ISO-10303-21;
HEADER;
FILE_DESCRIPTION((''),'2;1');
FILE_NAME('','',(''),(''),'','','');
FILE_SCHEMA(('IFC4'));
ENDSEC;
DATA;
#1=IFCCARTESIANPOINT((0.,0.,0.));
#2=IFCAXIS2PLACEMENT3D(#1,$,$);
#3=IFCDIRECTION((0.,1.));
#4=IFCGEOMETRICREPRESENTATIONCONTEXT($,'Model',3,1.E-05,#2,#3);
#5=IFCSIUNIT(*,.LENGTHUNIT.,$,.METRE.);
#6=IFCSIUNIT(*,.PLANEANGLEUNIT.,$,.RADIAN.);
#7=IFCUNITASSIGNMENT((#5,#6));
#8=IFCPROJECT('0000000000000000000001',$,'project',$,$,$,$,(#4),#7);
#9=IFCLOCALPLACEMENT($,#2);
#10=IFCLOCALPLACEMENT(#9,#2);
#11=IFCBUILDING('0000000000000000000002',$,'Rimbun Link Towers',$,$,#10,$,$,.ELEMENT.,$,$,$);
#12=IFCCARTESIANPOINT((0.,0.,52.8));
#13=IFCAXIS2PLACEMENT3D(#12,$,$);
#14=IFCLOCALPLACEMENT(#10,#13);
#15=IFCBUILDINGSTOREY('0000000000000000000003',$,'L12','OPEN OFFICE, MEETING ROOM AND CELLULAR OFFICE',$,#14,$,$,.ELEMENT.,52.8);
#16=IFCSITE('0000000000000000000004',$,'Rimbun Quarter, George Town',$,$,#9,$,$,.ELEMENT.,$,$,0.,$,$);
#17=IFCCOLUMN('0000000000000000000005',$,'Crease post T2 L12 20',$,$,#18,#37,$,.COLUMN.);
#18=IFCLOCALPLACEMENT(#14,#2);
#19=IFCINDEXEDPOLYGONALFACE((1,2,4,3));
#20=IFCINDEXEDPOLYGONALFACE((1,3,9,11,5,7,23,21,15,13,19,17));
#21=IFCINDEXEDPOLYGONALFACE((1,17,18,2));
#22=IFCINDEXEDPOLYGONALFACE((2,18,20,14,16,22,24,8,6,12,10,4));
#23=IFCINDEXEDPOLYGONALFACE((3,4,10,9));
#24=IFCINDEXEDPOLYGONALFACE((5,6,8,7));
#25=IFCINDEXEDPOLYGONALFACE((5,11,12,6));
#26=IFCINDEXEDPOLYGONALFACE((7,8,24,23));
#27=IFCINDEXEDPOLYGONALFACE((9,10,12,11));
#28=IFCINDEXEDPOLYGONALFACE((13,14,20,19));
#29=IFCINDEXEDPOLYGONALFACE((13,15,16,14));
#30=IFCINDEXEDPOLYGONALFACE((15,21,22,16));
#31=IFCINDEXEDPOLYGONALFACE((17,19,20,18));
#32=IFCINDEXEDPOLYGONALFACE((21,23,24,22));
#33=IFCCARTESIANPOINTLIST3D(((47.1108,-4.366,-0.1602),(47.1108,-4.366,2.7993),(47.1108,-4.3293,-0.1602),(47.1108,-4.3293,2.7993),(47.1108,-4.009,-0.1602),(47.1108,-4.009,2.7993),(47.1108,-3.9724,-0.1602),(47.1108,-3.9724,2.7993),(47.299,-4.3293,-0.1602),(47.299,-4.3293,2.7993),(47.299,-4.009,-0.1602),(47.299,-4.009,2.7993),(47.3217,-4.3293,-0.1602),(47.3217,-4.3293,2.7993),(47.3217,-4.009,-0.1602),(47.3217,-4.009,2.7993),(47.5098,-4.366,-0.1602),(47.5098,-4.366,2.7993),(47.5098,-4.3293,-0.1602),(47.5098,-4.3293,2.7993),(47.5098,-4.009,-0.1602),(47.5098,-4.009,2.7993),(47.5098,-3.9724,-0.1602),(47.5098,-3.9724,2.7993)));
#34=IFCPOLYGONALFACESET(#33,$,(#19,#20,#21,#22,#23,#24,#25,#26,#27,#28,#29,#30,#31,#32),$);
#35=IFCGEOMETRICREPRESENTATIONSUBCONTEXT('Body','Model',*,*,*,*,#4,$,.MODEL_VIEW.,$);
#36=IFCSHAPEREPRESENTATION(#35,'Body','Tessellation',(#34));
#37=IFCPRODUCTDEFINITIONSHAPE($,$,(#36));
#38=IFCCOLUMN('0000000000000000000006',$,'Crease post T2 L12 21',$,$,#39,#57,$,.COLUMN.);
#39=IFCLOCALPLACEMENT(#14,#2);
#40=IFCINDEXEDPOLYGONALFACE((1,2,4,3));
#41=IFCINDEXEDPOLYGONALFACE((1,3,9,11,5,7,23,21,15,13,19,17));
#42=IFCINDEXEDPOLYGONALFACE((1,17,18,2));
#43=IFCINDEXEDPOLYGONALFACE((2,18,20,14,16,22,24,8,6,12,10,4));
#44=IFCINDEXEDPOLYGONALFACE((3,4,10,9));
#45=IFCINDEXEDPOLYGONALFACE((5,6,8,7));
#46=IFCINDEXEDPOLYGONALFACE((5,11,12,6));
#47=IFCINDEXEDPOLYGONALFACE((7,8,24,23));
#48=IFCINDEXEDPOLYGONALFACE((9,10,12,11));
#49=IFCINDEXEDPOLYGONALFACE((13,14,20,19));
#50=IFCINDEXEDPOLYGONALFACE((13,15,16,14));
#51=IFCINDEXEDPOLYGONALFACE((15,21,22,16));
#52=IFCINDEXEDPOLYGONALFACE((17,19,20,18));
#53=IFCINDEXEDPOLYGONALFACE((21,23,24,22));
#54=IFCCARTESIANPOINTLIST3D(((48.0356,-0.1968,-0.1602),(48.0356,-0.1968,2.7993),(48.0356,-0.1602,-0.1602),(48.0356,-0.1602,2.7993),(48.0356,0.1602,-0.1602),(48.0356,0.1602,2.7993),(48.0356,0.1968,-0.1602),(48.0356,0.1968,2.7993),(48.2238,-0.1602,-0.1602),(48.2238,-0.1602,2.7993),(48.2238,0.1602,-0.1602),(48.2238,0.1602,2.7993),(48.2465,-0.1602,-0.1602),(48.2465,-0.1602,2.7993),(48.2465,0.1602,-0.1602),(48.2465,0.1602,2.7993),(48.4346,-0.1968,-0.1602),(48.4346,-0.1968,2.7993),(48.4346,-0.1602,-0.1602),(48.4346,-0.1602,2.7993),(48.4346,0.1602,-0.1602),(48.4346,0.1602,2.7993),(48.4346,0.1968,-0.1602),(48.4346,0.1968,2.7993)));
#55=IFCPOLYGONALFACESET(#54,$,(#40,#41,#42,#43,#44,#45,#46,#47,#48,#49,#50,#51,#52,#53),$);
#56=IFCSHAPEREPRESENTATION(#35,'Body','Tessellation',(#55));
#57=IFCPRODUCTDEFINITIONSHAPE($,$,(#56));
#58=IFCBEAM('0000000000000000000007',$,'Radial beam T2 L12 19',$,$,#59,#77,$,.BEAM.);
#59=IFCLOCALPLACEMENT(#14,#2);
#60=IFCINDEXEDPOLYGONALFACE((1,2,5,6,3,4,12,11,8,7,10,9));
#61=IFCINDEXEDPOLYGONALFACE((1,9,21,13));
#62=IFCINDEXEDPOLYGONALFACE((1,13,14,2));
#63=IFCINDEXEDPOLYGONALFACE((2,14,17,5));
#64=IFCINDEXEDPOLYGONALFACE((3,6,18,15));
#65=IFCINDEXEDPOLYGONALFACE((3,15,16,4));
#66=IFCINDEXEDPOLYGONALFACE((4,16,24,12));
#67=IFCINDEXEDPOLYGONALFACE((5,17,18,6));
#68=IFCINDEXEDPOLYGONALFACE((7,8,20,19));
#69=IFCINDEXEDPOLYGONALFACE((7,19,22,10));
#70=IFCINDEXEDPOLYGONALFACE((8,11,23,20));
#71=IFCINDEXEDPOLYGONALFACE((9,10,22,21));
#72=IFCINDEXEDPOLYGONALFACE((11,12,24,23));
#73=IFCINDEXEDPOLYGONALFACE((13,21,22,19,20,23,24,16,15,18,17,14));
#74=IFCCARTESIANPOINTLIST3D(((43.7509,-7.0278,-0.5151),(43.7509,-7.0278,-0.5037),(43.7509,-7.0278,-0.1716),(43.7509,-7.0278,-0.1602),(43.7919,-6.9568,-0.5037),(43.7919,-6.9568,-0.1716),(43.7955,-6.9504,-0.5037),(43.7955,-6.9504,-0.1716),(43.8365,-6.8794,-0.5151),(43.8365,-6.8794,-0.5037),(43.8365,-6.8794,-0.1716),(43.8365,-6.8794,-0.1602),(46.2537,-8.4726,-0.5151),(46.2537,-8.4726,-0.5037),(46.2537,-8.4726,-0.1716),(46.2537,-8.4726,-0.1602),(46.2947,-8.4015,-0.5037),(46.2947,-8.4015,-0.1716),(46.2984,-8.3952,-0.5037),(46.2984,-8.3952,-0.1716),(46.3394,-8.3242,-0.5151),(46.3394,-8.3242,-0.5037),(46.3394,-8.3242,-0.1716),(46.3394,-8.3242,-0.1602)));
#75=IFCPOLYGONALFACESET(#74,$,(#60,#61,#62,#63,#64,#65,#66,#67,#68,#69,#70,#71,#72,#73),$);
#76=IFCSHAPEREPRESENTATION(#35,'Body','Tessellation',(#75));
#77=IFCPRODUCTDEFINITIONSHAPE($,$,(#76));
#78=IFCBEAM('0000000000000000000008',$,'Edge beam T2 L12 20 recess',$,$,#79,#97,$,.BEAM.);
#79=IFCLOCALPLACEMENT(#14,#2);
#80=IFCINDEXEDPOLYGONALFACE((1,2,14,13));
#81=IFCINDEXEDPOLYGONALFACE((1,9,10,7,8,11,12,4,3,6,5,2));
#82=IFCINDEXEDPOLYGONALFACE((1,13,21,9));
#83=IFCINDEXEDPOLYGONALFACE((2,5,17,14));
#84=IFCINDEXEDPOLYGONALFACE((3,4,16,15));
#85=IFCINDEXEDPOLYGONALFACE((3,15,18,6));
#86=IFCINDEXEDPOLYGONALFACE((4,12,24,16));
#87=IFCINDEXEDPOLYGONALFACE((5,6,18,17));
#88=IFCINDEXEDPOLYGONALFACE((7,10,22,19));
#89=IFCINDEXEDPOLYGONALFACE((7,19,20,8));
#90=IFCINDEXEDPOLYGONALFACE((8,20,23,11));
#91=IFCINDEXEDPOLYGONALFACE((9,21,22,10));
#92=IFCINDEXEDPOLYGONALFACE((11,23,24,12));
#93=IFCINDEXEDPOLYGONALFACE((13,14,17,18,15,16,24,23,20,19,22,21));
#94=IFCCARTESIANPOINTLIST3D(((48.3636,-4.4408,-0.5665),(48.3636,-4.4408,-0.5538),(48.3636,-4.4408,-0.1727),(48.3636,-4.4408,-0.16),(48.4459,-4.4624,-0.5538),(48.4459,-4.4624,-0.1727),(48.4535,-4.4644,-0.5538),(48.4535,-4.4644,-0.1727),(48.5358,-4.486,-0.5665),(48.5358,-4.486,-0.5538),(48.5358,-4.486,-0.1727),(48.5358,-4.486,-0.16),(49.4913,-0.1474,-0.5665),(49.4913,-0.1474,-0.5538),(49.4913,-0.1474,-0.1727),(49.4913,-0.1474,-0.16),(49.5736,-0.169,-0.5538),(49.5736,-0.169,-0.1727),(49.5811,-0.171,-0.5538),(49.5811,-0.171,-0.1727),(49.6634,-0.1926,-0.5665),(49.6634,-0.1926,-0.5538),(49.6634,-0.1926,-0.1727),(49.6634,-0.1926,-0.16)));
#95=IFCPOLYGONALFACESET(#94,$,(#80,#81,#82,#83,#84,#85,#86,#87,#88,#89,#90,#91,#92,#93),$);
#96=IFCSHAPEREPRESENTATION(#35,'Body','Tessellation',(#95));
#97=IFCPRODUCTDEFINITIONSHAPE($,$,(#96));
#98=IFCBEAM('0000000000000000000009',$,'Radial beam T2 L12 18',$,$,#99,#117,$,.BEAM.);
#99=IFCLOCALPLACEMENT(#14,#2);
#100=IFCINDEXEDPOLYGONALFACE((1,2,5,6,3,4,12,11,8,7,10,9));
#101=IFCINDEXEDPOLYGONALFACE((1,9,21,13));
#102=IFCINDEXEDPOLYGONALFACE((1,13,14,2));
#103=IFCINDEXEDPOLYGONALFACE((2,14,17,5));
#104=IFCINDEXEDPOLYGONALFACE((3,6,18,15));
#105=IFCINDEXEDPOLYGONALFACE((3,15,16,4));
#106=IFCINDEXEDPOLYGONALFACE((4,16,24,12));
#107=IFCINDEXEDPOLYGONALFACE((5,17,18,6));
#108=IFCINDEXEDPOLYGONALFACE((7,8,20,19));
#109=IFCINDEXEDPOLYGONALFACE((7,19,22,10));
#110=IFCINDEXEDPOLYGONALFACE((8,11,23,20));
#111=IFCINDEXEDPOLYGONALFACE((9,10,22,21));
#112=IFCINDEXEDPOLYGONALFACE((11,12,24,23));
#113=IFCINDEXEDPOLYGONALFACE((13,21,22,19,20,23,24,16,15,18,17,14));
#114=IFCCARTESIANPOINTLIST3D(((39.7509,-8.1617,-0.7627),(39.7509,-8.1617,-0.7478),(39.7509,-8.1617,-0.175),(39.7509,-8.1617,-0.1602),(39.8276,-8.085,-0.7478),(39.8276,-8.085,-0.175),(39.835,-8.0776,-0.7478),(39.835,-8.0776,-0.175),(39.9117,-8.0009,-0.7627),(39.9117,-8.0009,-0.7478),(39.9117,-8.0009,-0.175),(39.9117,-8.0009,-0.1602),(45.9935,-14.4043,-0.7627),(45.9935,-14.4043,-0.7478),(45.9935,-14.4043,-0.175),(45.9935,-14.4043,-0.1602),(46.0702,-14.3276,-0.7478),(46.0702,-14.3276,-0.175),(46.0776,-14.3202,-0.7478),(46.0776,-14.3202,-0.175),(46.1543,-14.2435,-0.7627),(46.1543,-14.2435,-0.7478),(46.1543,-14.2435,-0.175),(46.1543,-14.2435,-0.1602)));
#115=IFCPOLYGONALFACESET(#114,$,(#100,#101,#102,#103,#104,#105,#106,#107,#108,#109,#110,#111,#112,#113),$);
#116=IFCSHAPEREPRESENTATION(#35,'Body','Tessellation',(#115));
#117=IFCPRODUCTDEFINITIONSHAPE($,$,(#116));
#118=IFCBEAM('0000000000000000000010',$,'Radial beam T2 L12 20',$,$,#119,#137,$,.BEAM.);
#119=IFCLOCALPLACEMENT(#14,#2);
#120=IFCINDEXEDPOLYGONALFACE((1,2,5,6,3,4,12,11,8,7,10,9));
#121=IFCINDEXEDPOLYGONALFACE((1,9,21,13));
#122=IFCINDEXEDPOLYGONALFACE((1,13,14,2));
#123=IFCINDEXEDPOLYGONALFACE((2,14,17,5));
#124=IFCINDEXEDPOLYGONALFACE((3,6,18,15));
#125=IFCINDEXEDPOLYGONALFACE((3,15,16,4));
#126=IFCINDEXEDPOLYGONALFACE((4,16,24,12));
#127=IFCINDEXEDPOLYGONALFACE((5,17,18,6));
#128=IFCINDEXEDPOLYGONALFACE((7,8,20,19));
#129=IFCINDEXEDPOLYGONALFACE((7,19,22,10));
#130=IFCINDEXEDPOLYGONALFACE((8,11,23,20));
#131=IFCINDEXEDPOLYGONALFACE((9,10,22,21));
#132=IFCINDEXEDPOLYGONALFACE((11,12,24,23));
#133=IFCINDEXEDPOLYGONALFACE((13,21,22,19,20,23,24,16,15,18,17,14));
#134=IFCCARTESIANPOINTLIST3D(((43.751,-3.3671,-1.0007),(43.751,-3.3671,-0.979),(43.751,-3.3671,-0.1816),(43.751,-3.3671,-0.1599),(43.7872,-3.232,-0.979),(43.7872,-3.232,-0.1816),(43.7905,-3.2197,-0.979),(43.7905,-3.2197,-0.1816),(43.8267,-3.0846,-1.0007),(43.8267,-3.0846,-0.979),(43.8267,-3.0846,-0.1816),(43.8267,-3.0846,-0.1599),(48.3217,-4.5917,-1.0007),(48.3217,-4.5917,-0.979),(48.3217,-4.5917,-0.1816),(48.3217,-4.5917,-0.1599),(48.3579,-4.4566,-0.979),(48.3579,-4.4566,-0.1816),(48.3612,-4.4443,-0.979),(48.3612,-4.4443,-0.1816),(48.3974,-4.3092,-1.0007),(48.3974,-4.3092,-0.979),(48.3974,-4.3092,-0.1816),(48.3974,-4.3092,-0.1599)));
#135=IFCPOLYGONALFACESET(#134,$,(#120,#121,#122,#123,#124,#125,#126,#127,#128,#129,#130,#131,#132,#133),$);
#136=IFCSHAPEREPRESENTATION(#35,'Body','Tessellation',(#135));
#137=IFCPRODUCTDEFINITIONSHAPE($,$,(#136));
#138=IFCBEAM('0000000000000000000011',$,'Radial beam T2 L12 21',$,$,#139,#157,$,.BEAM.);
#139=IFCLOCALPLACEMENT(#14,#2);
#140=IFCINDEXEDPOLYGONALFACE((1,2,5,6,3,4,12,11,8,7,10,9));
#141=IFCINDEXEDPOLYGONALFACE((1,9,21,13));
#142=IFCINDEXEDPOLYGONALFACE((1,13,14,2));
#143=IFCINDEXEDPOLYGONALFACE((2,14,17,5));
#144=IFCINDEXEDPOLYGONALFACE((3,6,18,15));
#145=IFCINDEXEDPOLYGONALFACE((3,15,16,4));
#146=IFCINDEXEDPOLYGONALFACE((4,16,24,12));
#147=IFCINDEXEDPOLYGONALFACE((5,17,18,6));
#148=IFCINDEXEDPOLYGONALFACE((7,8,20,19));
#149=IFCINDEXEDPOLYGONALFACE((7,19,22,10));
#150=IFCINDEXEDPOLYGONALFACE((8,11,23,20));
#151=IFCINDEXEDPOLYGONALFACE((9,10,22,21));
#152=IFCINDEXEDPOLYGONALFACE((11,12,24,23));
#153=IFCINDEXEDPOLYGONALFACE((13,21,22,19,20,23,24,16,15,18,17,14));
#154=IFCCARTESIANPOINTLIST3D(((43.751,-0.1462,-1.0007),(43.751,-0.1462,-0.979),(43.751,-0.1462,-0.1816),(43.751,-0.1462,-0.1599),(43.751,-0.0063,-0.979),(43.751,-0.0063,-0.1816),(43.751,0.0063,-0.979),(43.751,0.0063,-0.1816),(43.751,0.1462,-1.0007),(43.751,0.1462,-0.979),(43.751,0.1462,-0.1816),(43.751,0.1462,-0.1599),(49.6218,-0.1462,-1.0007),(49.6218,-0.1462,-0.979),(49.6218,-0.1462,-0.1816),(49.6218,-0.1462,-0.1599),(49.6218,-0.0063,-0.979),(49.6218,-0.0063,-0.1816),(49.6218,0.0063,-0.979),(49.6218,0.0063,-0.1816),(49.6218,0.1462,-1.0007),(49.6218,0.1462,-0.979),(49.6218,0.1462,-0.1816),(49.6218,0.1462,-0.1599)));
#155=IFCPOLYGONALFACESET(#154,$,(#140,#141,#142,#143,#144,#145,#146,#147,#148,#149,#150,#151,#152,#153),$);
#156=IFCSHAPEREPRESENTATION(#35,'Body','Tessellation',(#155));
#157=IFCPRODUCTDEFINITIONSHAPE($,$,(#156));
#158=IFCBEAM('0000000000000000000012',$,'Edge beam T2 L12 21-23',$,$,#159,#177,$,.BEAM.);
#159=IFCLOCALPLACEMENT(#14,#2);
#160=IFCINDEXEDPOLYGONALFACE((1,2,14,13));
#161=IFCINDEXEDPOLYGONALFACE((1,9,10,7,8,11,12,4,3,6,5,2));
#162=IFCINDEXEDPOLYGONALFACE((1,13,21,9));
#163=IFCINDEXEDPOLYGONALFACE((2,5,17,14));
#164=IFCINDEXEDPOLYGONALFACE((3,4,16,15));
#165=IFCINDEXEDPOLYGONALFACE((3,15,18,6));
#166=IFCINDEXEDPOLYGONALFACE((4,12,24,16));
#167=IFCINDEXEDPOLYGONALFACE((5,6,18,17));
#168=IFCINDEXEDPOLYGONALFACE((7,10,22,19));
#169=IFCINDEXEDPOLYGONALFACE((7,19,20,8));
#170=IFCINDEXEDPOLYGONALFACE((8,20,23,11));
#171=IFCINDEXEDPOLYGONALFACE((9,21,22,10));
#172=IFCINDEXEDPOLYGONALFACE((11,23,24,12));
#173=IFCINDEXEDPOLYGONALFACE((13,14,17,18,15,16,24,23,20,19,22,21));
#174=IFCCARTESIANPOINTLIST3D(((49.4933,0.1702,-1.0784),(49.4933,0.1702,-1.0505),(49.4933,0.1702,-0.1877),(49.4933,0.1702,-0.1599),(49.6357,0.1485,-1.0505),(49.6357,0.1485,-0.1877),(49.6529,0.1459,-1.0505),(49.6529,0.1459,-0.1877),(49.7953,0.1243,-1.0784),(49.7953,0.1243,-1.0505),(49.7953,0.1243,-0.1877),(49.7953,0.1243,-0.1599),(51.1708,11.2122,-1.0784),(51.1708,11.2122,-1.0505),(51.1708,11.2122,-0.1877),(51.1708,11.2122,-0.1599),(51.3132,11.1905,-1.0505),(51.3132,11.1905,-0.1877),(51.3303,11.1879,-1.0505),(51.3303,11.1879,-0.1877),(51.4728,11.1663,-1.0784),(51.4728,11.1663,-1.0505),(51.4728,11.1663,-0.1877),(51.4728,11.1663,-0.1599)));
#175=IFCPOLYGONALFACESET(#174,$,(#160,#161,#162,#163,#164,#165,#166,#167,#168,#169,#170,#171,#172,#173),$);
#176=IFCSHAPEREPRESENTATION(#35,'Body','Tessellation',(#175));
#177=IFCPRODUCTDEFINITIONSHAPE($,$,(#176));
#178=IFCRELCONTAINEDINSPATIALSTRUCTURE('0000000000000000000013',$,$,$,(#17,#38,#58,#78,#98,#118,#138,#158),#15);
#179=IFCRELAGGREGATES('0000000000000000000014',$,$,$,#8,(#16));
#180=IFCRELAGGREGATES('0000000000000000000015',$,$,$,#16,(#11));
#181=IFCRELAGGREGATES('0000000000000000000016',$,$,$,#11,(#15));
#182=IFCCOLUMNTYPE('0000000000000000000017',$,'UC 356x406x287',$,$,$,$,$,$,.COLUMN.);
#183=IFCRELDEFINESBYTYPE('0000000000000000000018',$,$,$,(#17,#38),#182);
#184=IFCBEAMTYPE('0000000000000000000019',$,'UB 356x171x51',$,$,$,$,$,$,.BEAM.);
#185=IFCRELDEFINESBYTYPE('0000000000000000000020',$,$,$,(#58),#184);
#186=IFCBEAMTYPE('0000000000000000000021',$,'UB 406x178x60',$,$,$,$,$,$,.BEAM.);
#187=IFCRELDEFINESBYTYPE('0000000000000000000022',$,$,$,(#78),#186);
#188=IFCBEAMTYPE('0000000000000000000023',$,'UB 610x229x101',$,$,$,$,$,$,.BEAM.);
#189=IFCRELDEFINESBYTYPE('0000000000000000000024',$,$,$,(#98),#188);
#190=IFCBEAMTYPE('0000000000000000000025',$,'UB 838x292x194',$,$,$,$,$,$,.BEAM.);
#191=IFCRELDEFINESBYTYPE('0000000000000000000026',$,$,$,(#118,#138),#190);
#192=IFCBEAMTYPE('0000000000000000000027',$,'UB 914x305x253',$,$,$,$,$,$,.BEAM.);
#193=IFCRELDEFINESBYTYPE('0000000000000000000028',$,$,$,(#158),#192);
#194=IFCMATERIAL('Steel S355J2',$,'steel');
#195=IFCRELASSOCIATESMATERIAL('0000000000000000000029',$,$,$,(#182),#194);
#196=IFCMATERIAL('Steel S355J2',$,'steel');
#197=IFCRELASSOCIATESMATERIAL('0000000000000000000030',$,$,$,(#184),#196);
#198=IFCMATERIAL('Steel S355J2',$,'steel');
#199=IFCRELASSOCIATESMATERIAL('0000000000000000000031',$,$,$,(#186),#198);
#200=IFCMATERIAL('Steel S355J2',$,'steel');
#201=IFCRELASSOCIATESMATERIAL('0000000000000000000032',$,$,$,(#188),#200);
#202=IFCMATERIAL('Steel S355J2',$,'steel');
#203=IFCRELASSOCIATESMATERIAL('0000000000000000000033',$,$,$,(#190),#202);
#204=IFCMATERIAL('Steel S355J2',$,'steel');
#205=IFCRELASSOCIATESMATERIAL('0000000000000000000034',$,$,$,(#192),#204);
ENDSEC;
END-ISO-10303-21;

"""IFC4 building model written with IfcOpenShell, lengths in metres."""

from ifc_helpers import new_model, si_unit, direction, frame, origin, origin_2d, place, context, subcontext, project, spatial, i_section, extrude, material, material_profile, profile_set, type_object, element, save


model = new_model("IFC4")

# Units and contexts
model_context = context("Model", 3, precision=1e-05, world=origin(), true_north=direction((0.0, 1.0)))
body_context = subcontext(model_context, "Body", "Model", "MODEL_VIEW")
ifc_project = project(units=[si_unit("LENGTHUNIT", "METRE"), si_unit("PLANEANGLEUNIT", "RADIAN")], contexts=[model_context])

# Site, building, storey
site_placement = place(None, origin())
site = spatial("IfcSite", under=ifc_project, at=site_placement, Name="Rimbun Quarter, George Town", CompositionType="ELEMENT", RefElevation=0.0)
building_placement = place(site_placement, origin())
building = spatial("IfcBuilding", under=site, at=building_placement, Name="Rimbun Link Towers", CompositionType="ELEMENT")
storey_placement = place(building_placement, frame((0.0, 0.0, 52.8)))
storey = spatial("IfcBuildingStorey", under=building, at=storey_placement, Name="L12", Description="OPEN OFFICE, MEETING ROOM AND CELLULAR OFFICE", CompositionType="ELEMENT", Elevation=52.8)

# Columns
ifc_material_1 = material(Name="Steel S355J2", Category="steel")
ifc_material_profile_1 = material_profile(ifc_material_1, i_section(OverallWidth=0.3989, OverallDepth=0.3936, WebThickness=0.0227, FlangeThickness=0.0366, at=origin_2d()), Name="UC 356x406x287")
ifc_profile_set_1 = profile_set([ifc_material_profile_1], Name="Steel S355J2")
column_type = type_object("IfcColumnType", Name="UC 356x406x287", PredefinedType="COLUMN", material=ifc_profile_set_1)
for number, where, z_axis, x_axis, name in (
    (1, (47.3103, -4.1692, -0.1602), (0.0, 0.0, 1.0), (1.0, 0.0, 0.0), "Crease post T2 L12 20"),
    (2, (48.2351, 0.0, -0.1602), (0.0, 0.0, 1.0), (1.0, 0.0, 0.0), "Crease post T2 L12 21"),
):
    element("IfcColumn", number, at=place(storey_placement, frame(where, z_axis=z_axis, x_axis=x_axis)), inside=storey, type_object=column_type, Name=name, PredefinedType="COLUMN", context=body_context, shape_type="SweptSolid", body=[
        extrude(i_section(OverallWidth=0.3989, OverallDepth=0.3936, WebThickness=0.0227, FlangeThickness=0.0366, at=origin_2d()), origin(), (0.0, 0.0, 1.0), 2.9595),
    ])

# Beams
ifc_material_2 = material(Name="Steel S355J2", Category="steel")
ifc_material_profile_2 = material_profile(ifc_material_2, i_section(OverallWidth=0.1714, OverallDepth=0.355, WebThickness=0.0073, FlangeThickness=0.0115, at=origin_2d()), Name="UB 356x171x51")
ifc_profile_set_2 = profile_set([ifc_material_profile_2], Name="Steel S355J2")
beam_type_1 = type_object("IfcBeamType", Name="UB 356x171x51", PredefinedType="BEAM", material=ifc_profile_set_2)
beam_1_placement = place(storey_placement, frame((43.7937, -6.9536, -0.3376), z_axis=(0.866062, -0.499937, 0.0), x_axis=(0.499937, 0.866062, 0.0)))
element("IfcBeam", 3, at=beam_1_placement, inside=storey, type_object=beam_type_1, Name="Radial beam T2 L12 19", PredefinedType="BEAM", context=body_context, shape_type="SweptSolid", body=[
    extrude(i_section(OverallWidth=0.1714, OverallDepth=0.355, WebThickness=0.0073, FlangeThickness=0.0115, at=origin_2d()), origin(), (0.0, 0.0, 1.0), 2.8899),
])
ifc_material_3 = material(Name="Steel S355J2", Category="steel")
ifc_material_profile_3 = material_profile(ifc_material_3, i_section(OverallWidth=0.178, OverallDepth=0.4065, WebThickness=0.0078, FlangeThickness=0.0127, at=origin_2d()), Name="UB 406x178x60")
ifc_profile_set_3 = profile_set([ifc_material_profile_3], Name="Steel S355J2")
beam_type_2 = type_object("IfcBeamType", Name="UB 406x178x60", PredefinedType="BEAM", material=ifc_profile_set_3)
beam_2_placement = place(storey_placement, frame((48.4497, -4.4634, -0.3633), z_axis=(0.254036, 0.967195, 0.0), x_axis=(-0.967195, 0.254036, 0.0)))
element("IfcBeam", 4, at=beam_2_placement, inside=storey, type_object=beam_type_2, Name="Edge beam T2 L12 20 recess", PredefinedType="BEAM", context=body_context, shape_type="SweptSolid", body=[
    extrude(i_section(OverallWidth=0.178, OverallDepth=0.4065, WebThickness=0.0078, FlangeThickness=0.0127, at=origin_2d()), origin(), (0.0, 0.0, 1.0), 4.439),
])
ifc_material_4 = material(Name="Steel S355J2", Category="steel")
ifc_material_profile_4 = material_profile(ifc_material_4, i_section(OverallWidth=0.2275, OverallDepth=0.6025, WebThickness=0.0105, FlangeThickness=0.0149, at=origin_2d()), Name="UB 610x229x101")
ifc_profile_set_4 = profile_set([ifc_material_profile_4], Name="Steel S355J2")
beam_type_3 = type_object("IfcBeamType", Name="UB 610x229x101", PredefinedType="BEAM", material=ifc_profile_set_4)
beam_3_placement = place(storey_placement, frame((39.8313, -8.0813, -0.4614), z_axis=(0.707107, -0.707107, 0.0), x_axis=(0.707107, 0.707107, 0.0)))
element("IfcBeam", 5, at=beam_3_placement, inside=storey, type_object=beam_type_3, Name="Radial beam T2 L12 18", PredefinedType="BEAM", context=body_context, shape_type="SweptSolid", body=[
    extrude(i_section(OverallWidth=0.2275, OverallDepth=0.6025, WebThickness=0.0105, FlangeThickness=0.0149, at=origin_2d()), origin(), (0.0, 0.0, 1.0), 8.8284),
])
ifc_material_5 = material(Name="Steel S355J2", Category="steel")
ifc_material_profile_5 = material_profile(ifc_material_5, i_section(OverallWidth=0.2925, OverallDepth=0.8408, WebThickness=0.0127, FlangeThickness=0.0217, at=origin_2d()), Name="UB 838x292x194")
ifc_profile_set_5 = profile_set([ifc_material_profile_5], Name="Steel S355J2")
beam_type_4 = type_object("IfcBeamType", Name="UB 838x292x194", PredefinedType="BEAM", material=ifc_profile_set_5)
beam_4_placement = place(storey_placement, frame((43.7888, -3.2258, -0.5803), z_axis=(0.965933, -0.258793, 0.0), x_axis=(0.258793, 0.965933, 0.0)))
element("IfcBeam", 6, at=beam_4_placement, inside=storey, type_object=beam_type_4, Name="Radial beam T2 L12 20", PredefinedType="BEAM", context=body_context, shape_type="SweptSolid", body=[
    extrude(i_section(OverallWidth=0.2925, OverallDepth=0.8408, WebThickness=0.0127, FlangeThickness=0.0217, at=origin_2d()), origin(), (0.0, 0.0, 1.0), 4.7319),
])
beam_5_placement = place(storey_placement, frame((43.751, 0.0, -0.5803), z_axis=(1.0, 0.0, 0.0), x_axis=(0.0, 1.0, 0.0)))
element("IfcBeam", 7, at=beam_5_placement, inside=storey, type_object=beam_type_4, Name="Radial beam T2 L12 21", PredefinedType="BEAM", context=body_context, shape_type="SweptSolid", body=[
    extrude(i_section(OverallWidth=0.2925, OverallDepth=0.8408, WebThickness=0.0127, FlangeThickness=0.0217, at=origin_2d()), origin(), (0.0, 0.0, 1.0), 5.8708),
])
ifc_material_6 = material(Name="Steel S355J2", Category="steel")
ifc_material_profile_6 = material_profile(ifc_material_6, i_section(OverallWidth=0.3054, OverallDepth=0.9185, WebThickness=0.0173, FlangeThickness=0.0278, at=origin_2d()), Name="UB 914x305x253")
ifc_profile_set_6 = profile_set([ifc_material_profile_6], Name="Steel S355J2")
beam_type_5 = type_object("IfcBeamType", Name="UB 914x305x253", PredefinedType="BEAM", material=ifc_profile_set_6)
beam_6_placement = place(storey_placement, frame((49.6443, 0.1472, -0.6191), z_axis=(0.150196, 0.988656, 0.0), x_axis=(-0.988656, 0.150196, 0.0)))
element("IfcBeam", 8, at=beam_6_placement, inside=storey, type_object=beam_type_5, Name="Edge beam T2 L12 21-23", PredefinedType="BEAM", context=body_context, shape_type="SweptSolid", body=[
    extrude(i_section(OverallWidth=0.3054, OverallDepth=0.9185, WebThickness=0.0173, FlangeThickness=0.0278, at=origin_2d()), origin(), (0.0, 0.0, 1.0), 11.1687),
])

save(model, "model.ifc")
